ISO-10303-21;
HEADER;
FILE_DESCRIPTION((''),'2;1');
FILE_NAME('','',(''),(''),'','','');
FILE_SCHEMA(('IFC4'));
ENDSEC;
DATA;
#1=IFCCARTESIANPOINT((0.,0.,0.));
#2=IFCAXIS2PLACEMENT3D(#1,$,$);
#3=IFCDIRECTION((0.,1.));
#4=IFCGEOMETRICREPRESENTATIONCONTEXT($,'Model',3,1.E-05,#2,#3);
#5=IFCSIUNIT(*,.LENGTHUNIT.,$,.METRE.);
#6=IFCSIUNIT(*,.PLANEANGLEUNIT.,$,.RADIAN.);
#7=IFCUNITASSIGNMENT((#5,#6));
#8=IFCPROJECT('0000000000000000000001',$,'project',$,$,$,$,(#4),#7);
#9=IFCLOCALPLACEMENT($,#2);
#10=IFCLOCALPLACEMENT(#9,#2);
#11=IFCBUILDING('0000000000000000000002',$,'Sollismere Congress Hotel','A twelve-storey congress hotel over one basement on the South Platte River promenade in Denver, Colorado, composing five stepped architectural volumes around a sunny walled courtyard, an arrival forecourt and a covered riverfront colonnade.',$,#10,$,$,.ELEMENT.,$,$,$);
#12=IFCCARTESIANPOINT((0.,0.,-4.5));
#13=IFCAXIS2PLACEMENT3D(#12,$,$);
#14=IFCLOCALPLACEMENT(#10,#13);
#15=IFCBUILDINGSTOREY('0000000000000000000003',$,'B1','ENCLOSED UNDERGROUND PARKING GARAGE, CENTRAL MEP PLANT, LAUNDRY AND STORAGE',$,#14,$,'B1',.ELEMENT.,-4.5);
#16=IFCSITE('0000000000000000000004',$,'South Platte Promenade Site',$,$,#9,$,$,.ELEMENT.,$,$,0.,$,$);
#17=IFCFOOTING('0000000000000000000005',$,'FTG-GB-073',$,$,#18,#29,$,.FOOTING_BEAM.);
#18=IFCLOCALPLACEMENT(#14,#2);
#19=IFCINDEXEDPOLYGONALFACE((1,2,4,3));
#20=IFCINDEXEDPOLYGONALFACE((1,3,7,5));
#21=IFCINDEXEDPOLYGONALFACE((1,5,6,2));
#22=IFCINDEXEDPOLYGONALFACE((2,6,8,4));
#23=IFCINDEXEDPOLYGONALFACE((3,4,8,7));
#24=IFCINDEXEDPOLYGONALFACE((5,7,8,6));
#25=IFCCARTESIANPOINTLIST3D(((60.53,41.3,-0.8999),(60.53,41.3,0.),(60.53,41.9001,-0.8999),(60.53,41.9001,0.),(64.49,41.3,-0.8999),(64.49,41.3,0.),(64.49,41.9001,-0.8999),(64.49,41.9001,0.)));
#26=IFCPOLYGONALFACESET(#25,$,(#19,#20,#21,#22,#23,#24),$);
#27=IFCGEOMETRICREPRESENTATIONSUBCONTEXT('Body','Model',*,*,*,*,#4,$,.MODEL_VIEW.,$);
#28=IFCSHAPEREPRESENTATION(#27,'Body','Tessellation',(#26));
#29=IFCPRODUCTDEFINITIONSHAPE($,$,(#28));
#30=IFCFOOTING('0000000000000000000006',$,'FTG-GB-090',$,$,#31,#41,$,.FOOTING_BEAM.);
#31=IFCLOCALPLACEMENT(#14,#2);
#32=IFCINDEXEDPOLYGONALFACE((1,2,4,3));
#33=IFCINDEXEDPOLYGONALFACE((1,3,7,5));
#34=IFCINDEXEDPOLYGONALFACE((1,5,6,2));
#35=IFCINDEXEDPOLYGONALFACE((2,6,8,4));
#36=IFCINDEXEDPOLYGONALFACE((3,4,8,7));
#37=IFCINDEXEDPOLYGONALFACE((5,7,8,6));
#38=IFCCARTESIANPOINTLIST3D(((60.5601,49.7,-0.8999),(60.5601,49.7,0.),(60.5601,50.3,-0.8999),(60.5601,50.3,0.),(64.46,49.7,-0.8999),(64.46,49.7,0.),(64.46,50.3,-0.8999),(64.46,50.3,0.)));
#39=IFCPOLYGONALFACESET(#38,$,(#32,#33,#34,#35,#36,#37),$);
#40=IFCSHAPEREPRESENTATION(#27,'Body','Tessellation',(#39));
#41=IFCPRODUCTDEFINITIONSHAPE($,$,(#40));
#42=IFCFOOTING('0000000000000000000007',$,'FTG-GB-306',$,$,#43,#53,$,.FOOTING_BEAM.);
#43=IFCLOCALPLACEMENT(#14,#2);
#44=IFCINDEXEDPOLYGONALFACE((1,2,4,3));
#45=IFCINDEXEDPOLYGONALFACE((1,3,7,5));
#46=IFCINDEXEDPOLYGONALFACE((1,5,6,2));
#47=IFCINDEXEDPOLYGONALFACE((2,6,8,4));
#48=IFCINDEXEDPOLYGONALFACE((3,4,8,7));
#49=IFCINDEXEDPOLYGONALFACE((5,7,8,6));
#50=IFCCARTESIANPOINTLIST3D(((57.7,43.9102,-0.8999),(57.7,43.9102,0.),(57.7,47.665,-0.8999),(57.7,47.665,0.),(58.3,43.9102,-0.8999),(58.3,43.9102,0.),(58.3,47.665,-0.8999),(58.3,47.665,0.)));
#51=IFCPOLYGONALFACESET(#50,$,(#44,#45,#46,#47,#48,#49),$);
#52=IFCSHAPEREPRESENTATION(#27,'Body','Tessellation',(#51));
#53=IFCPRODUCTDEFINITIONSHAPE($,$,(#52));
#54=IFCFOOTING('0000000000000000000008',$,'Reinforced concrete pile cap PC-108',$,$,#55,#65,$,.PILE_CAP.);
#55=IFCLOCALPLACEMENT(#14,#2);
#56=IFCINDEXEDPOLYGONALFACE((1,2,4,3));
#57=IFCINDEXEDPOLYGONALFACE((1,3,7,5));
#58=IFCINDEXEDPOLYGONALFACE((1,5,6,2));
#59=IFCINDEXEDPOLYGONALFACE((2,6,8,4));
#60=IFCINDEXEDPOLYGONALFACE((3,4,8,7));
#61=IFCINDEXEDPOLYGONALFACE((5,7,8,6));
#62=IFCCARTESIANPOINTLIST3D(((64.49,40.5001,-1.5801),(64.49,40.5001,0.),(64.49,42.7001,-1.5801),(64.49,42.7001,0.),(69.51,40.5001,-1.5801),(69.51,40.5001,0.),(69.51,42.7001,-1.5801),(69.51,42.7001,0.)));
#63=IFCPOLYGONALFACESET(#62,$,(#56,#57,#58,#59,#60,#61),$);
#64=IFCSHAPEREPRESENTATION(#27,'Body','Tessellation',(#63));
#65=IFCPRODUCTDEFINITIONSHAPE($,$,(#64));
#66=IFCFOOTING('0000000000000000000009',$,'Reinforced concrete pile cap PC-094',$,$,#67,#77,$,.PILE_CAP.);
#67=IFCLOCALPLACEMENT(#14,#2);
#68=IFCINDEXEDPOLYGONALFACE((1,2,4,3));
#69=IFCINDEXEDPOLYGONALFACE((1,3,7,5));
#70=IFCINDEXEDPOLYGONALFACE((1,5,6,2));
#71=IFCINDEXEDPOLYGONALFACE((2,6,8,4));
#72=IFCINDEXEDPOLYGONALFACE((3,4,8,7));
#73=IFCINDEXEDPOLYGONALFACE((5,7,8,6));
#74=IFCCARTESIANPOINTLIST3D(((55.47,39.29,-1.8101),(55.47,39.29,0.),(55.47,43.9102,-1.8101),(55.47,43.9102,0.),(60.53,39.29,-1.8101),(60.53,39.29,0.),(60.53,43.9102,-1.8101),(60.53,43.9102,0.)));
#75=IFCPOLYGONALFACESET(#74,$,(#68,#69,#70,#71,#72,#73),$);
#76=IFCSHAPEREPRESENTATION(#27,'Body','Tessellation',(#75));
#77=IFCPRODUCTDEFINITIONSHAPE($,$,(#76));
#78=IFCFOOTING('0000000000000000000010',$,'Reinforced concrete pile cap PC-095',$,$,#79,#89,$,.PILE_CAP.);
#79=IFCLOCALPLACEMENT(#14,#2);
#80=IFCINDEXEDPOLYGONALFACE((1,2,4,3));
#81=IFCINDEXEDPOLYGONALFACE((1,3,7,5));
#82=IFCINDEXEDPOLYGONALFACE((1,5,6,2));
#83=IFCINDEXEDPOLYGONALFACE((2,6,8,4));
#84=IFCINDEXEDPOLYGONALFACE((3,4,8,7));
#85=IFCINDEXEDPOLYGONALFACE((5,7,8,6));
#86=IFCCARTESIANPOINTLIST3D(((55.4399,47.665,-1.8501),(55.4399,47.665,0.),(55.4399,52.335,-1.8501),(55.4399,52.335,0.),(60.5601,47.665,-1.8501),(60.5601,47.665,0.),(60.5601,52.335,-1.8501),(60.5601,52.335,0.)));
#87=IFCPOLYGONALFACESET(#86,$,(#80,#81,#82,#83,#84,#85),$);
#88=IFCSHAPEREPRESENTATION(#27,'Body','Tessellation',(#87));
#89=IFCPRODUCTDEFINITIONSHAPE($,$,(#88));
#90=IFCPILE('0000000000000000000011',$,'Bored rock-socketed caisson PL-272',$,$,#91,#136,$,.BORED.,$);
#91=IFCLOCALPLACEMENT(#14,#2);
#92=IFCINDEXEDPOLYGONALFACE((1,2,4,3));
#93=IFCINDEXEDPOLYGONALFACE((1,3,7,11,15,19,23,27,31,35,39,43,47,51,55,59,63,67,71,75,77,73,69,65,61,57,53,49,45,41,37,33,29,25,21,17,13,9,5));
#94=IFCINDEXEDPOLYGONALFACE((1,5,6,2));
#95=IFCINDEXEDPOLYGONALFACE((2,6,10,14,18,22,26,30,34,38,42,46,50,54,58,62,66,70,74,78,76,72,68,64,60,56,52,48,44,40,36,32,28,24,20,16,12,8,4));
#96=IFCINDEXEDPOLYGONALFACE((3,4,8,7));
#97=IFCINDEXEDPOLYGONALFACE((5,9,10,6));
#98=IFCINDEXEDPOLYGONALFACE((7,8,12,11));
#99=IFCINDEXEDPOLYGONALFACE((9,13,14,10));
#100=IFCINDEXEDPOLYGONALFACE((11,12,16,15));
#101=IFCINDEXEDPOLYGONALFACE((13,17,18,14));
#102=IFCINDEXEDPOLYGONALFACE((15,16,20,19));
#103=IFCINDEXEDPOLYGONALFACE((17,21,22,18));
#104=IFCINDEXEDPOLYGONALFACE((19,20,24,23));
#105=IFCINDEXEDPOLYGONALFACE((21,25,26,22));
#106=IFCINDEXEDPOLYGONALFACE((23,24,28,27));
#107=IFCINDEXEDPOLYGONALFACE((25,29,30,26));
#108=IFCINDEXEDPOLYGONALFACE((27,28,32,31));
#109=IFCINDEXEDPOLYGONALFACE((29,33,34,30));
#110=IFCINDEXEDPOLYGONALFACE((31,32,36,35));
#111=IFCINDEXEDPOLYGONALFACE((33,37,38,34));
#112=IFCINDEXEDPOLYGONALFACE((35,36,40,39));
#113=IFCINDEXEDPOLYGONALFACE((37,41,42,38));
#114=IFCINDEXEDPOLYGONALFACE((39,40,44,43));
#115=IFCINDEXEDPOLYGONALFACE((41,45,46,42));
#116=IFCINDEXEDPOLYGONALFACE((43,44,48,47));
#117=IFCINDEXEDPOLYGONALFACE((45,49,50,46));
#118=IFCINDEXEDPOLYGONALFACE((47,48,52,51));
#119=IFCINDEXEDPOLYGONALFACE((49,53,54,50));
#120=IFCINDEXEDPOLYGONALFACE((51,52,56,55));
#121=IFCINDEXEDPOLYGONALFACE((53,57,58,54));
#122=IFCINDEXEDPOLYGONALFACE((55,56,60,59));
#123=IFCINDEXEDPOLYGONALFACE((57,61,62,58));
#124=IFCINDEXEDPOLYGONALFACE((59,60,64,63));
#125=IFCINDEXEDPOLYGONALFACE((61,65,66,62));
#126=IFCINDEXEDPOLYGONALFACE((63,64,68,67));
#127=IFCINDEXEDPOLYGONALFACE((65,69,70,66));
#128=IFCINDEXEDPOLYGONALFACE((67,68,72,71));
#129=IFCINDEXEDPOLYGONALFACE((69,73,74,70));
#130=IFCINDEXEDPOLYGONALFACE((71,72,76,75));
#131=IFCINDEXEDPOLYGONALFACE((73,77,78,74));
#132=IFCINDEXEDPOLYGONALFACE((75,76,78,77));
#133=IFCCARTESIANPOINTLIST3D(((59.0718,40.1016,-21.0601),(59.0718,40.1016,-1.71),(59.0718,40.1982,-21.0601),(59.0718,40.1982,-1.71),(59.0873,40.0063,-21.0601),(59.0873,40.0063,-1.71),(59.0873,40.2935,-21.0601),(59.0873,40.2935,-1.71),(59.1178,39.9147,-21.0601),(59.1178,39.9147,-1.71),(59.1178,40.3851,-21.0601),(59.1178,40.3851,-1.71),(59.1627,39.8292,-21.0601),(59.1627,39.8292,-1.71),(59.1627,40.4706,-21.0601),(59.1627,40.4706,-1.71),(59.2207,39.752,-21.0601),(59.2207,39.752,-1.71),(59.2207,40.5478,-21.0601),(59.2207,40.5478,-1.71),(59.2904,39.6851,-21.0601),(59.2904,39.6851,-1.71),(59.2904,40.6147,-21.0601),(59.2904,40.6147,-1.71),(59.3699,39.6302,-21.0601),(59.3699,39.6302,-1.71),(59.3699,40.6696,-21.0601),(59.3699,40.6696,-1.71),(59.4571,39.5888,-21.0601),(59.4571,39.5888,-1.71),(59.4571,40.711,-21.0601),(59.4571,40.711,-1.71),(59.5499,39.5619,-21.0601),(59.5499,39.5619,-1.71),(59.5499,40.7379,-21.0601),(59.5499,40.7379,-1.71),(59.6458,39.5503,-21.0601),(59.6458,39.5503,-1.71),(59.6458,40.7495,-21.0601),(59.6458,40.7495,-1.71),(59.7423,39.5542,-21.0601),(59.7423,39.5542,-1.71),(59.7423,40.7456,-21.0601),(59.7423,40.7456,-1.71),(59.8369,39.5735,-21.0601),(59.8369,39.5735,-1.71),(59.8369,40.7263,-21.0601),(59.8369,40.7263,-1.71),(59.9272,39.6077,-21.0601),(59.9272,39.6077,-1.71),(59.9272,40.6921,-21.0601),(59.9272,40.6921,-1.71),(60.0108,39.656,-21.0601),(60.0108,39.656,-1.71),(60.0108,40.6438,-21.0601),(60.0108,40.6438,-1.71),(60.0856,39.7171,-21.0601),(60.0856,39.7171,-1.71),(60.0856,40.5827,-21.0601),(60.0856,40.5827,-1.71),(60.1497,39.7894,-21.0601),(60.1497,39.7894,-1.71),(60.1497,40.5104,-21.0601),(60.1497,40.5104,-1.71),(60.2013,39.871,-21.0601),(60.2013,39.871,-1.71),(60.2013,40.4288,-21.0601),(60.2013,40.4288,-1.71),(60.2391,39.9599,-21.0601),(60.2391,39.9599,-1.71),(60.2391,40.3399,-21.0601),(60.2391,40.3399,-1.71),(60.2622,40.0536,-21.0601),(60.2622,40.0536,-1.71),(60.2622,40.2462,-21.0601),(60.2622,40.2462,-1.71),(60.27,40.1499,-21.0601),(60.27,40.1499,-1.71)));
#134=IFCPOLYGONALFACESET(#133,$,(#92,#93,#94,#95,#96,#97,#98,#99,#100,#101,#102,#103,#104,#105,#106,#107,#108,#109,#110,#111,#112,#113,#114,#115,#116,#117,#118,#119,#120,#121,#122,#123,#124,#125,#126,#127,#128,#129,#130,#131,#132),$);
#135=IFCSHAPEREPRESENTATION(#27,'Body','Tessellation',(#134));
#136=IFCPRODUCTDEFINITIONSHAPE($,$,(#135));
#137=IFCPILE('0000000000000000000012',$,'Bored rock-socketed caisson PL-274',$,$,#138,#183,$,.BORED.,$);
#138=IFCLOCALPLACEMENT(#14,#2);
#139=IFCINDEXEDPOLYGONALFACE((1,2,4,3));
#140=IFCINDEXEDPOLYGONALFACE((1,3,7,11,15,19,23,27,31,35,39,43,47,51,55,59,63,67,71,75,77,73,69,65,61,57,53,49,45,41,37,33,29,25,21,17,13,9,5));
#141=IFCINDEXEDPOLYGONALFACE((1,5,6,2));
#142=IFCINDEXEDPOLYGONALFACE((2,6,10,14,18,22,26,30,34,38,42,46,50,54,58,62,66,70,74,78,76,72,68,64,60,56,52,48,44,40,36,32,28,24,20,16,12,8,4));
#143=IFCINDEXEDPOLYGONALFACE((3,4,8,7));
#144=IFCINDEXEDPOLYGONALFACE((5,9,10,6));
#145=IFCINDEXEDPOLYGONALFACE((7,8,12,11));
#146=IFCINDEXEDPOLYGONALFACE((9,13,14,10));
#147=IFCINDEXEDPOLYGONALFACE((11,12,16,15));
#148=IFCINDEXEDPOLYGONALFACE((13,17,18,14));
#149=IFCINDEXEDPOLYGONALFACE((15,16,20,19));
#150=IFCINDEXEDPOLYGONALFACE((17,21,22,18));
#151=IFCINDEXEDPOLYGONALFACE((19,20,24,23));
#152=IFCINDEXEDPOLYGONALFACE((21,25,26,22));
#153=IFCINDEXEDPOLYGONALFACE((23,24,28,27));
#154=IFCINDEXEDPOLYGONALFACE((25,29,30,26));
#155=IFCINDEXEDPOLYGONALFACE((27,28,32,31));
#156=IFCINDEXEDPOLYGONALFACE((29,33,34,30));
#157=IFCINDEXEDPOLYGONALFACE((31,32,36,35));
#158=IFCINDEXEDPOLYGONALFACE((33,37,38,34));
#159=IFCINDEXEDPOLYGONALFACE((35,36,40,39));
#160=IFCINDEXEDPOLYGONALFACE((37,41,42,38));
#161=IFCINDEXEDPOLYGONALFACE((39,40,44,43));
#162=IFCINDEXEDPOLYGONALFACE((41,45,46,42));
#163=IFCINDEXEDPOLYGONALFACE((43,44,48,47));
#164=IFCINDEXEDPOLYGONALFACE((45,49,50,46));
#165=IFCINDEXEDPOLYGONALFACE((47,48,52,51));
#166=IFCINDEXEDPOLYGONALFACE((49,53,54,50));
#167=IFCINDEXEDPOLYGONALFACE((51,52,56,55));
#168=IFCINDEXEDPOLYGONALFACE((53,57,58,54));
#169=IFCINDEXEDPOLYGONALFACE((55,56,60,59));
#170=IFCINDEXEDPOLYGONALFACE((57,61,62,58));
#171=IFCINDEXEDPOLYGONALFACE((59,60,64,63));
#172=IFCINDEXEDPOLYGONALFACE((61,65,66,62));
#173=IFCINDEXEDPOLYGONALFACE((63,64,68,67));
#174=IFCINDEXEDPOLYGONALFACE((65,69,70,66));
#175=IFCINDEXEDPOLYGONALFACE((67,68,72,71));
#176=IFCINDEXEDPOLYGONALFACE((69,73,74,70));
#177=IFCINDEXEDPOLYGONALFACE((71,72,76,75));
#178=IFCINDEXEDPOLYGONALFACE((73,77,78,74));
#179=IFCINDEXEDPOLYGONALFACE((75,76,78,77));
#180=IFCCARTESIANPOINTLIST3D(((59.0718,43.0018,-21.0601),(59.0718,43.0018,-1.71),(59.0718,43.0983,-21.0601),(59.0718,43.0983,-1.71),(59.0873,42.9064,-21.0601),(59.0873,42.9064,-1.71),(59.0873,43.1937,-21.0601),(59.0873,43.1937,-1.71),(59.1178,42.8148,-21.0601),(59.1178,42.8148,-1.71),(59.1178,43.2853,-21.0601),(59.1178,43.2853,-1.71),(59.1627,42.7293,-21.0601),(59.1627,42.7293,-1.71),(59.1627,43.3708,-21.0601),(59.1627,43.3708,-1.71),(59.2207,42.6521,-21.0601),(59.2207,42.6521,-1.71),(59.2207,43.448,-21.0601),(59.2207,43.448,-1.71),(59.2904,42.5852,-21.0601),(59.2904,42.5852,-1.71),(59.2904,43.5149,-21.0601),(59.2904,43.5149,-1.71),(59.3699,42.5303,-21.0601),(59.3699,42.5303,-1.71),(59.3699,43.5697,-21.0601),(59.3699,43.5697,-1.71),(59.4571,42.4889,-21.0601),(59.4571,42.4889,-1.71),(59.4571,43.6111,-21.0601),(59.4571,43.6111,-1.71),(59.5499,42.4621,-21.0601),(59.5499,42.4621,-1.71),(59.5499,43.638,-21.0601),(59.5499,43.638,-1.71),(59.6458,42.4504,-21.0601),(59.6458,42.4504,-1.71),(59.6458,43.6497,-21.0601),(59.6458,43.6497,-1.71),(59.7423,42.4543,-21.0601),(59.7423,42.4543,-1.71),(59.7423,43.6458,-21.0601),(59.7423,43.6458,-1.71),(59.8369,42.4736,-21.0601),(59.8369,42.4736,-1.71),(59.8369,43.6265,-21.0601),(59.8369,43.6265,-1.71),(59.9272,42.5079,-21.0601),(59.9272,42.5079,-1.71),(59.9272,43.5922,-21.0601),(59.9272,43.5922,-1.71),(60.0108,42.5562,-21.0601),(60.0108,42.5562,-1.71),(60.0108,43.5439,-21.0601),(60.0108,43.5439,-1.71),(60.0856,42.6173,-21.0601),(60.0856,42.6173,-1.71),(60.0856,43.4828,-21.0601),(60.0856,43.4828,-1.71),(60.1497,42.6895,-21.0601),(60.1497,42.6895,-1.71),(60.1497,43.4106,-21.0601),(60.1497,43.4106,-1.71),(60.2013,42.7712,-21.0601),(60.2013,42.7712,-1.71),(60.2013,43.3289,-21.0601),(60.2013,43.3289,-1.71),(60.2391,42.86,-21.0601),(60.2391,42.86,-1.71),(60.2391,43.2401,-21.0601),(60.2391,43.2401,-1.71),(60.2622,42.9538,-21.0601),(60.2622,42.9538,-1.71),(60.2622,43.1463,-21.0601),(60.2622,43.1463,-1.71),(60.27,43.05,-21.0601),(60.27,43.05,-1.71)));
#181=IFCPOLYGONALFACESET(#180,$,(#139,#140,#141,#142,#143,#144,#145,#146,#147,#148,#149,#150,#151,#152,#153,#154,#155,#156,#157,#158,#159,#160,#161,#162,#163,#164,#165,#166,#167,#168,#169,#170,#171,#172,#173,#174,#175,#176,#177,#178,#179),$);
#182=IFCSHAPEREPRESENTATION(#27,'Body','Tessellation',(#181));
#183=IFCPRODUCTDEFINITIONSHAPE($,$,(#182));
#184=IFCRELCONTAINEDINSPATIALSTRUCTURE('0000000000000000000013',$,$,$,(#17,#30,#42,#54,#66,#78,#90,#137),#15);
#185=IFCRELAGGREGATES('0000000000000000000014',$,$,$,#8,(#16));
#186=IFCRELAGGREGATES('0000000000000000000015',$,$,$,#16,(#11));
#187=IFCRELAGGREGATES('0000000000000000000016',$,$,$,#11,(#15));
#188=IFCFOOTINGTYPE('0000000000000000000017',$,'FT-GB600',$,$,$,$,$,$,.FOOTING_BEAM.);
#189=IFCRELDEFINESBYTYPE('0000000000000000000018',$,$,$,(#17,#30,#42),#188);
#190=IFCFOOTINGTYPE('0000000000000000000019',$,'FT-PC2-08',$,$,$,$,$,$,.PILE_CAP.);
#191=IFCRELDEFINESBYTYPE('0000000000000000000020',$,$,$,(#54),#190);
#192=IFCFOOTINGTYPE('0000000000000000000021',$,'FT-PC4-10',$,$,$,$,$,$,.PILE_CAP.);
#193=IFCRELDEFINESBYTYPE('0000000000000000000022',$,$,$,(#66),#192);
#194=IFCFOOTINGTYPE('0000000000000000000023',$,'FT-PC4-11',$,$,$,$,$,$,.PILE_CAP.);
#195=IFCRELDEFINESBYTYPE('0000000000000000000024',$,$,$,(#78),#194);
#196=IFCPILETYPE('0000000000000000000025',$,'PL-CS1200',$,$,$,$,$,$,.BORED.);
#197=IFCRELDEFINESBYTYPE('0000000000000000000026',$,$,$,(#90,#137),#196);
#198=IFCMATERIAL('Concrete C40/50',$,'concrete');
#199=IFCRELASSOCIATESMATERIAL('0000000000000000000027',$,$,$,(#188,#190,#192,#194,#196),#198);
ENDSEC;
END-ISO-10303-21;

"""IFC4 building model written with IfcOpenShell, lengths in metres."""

from ifc_helpers import new_model, si_unit, direction, frame, origin, origin_2d, place, context, subcontext, project, spatial, rectangle, circle, extrude, material, material_profile, profile_set, type_object, element, save


model = new_model("IFC4")

# Units and contexts
model_context = context("Model", 3, precision=1e-05, world=origin(), true_north=direction((0.0, 1.0)))
body_context = subcontext(model_context, "Body", "Model", "MODEL_VIEW")
ifc_project = project(units=[si_unit("LENGTHUNIT", "METRE"), si_unit("PLANEANGLEUNIT", "RADIAN")], contexts=[model_context])

# Site, building, storey
site_placement = place(None, origin())
site = spatial("IfcSite", under=ifc_project, at=site_placement, Name="South Platte Promenade Site", CompositionType="ELEMENT", RefElevation=0.0)
building_placement = place(site_placement, origin())
building = spatial("IfcBuilding", under=site, at=building_placement, Name="Sollismere Congress Hotel", Description="A twelve-storey congress hotel over one basement on the South Platte River promenade in Denver, Colorado, composing five stepped architectural volumes around a sunny walled courtyard, an arrival forecourt and a covered riverfront colonnade.", CompositionType="ELEMENT")
storey_placement = place(building_placement, frame((0.0, 0.0, -4.5)))
storey = spatial("IfcBuildingStorey", under=building, at=storey_placement, Name="B1", Description="ENCLOSED UNDERGROUND PARKING GARAGE, CENTRAL MEP PLANT, LAUNDRY AND STORAGE", LongName="B1", CompositionType="ELEMENT", Elevation=-4.5)

# Footings
ifc_material_1 = material(Name="Concrete C40/50", Category="concrete")
footing_type_1 = type_object("IfcFootingType", Name="FT-GB600", PredefinedType="FOOTING_BEAM", material=ifc_material_1)
footing_1_placement = place(storey_placement, frame((62.51, 41.6001, -0.8999), z_axis=(0.0, 0.0, 1.0), x_axis=(1.0, 0.0, 0.0)))
element("IfcFooting", 1, at=footing_1_placement, inside=storey, type_object=footing_type_1, Name="FTG-GB-073", PredefinedType="FOOTING_BEAM", context=body_context, shape_type="SweptSolid", body=[
    extrude(rectangle(XDim=3.96, YDim=0.6001, at=origin_2d()), origin(), (0.0, 0.0, 1.0), 0.8999),
])
footing_2_placement = place(storey_placement, frame((62.51, 50.0, -0.8999), z_axis=(0.0, 0.0, 1.0), x_axis=(1.0, 0.0, 0.0)))
element("IfcFooting", 2, at=footing_2_placement, inside=storey, type_object=footing_type_1, Name="FTG-GB-090", PredefinedType="FOOTING_BEAM", context=body_context, shape_type="SweptSolid", body=[
    extrude(rectangle(XDim=3.8999, YDim=0.6001, at=origin_2d()), origin(), (0.0, 0.0, 1.0), 0.8999),
])
footing_3_placement = place(storey_placement, frame((58.0, 45.7876, -0.8999), z_axis=(0.0, 0.0, 1.0), x_axis=(0.0, 1.0, 0.0)))
element("IfcFooting", 3, at=footing_3_placement, inside=storey, type_object=footing_type_1, Name="FTG-GB-306", PredefinedType="FOOTING_BEAM", context=body_context, shape_type="SweptSolid", body=[
    extrude(rectangle(XDim=3.7549, YDim=0.6001, at=origin_2d()), origin(), (0.0, 0.0, 1.0), 0.8999),
])
footing_type_2 = type_object("IfcFootingType", Name="FT-PC2-08", PredefinedType="PILE_CAP", material=ifc_material_1)
footing_4_placement = place(storey_placement, frame((67.0, 41.6001, -1.5801), z_axis=(0.0, 0.0, 1.0), x_axis=(1.0, 0.0, 0.0)))
element("IfcFooting", 4, at=footing_4_placement, inside=storey, type_object=footing_type_2, Name="Reinforced concrete pile cap PC-108", PredefinedType="PILE_CAP", context=body_context, shape_type="SweptSolid", body=[
    extrude(rectangle(XDim=5.02, YDim=2.2, at=origin_2d()), origin(), (0.0, 0.0, 1.0), 1.5801),
])
footing_type_3 = type_object("IfcFootingType", Name="FT-PC4-10", PredefinedType="PILE_CAP", material=ifc_material_1)
footing_5_placement = place(storey_placement, frame((58.0, 41.6001, -1.8101), z_axis=(0.0, 0.0, 1.0), x_axis=(1.0, 0.0, 0.0)))
element("IfcFooting", 5, at=footing_5_placement, inside=storey, type_object=footing_type_3, Name="Reinforced concrete pile cap PC-094", PredefinedType="PILE_CAP", context=body_context, shape_type="SweptSolid", body=[
    extrude(rectangle(XDim=5.0601, YDim=4.6201, at=origin_2d()), origin(), (0.0, 0.0, 1.0), 1.8101),
])
footing_type_4 = type_object("IfcFootingType", Name="FT-PC4-11", PredefinedType="PILE_CAP", material=ifc_material_1)
footing_6_placement = place(storey_placement, frame((58.0, 50.0, -1.8501), z_axis=(0.0, 0.0, 1.0), x_axis=(1.0, 0.0, 0.0)))
element("IfcFooting", 6, at=footing_6_placement, inside=storey, type_object=footing_type_4, Name="Reinforced concrete pile cap PC-095", PredefinedType="PILE_CAP", context=body_context, shape_type="SweptSolid", body=[
    extrude(rectangle(XDim=5.1201, YDim=4.6699, at=origin_2d()), origin(), (0.0, 0.0, 1.0), 1.8501),
])

# Piles
ifc_material_profile_1 = material_profile(ifc_material_1, circle(Radius=0.6001, at=origin_2d()), Name="CAISSON1200")
ifc_profile_set_1 = profile_set([ifc_material_profile_1], Name="Concrete C40/50")
pile_type = type_object("IfcPileType", Name="PL-CS1200", PredefinedType="BORED", material=ifc_profile_set_1)
for number, where, z_axis, x_axis, name in (
    (7, (59.6699, 40.1499, -1.71), (0.0, 0.0, -1.0), (1.0, 0.0, 0.0), "Bored rock-socketed caisson PL-272"),
    (8, (59.6699, 43.05, -1.71), (0.0, 0.0, -1.0), (1.0, 0.0, 0.0), "Bored rock-socketed caisson PL-274"),
):
    element("IfcPile", number, at=place(storey_placement, frame(where, z_axis=z_axis, x_axis=x_axis)), inside=storey, type_object=pile_type, Name=name, PredefinedType="BORED", context=body_context, shape_type="SweptSolid", body=[
        extrude(circle(Radius=0.6001, at=origin_2d()), origin(), (0.0, 0.0, 1.0), 19.3501),
    ])

save(model, "model.ifc")
